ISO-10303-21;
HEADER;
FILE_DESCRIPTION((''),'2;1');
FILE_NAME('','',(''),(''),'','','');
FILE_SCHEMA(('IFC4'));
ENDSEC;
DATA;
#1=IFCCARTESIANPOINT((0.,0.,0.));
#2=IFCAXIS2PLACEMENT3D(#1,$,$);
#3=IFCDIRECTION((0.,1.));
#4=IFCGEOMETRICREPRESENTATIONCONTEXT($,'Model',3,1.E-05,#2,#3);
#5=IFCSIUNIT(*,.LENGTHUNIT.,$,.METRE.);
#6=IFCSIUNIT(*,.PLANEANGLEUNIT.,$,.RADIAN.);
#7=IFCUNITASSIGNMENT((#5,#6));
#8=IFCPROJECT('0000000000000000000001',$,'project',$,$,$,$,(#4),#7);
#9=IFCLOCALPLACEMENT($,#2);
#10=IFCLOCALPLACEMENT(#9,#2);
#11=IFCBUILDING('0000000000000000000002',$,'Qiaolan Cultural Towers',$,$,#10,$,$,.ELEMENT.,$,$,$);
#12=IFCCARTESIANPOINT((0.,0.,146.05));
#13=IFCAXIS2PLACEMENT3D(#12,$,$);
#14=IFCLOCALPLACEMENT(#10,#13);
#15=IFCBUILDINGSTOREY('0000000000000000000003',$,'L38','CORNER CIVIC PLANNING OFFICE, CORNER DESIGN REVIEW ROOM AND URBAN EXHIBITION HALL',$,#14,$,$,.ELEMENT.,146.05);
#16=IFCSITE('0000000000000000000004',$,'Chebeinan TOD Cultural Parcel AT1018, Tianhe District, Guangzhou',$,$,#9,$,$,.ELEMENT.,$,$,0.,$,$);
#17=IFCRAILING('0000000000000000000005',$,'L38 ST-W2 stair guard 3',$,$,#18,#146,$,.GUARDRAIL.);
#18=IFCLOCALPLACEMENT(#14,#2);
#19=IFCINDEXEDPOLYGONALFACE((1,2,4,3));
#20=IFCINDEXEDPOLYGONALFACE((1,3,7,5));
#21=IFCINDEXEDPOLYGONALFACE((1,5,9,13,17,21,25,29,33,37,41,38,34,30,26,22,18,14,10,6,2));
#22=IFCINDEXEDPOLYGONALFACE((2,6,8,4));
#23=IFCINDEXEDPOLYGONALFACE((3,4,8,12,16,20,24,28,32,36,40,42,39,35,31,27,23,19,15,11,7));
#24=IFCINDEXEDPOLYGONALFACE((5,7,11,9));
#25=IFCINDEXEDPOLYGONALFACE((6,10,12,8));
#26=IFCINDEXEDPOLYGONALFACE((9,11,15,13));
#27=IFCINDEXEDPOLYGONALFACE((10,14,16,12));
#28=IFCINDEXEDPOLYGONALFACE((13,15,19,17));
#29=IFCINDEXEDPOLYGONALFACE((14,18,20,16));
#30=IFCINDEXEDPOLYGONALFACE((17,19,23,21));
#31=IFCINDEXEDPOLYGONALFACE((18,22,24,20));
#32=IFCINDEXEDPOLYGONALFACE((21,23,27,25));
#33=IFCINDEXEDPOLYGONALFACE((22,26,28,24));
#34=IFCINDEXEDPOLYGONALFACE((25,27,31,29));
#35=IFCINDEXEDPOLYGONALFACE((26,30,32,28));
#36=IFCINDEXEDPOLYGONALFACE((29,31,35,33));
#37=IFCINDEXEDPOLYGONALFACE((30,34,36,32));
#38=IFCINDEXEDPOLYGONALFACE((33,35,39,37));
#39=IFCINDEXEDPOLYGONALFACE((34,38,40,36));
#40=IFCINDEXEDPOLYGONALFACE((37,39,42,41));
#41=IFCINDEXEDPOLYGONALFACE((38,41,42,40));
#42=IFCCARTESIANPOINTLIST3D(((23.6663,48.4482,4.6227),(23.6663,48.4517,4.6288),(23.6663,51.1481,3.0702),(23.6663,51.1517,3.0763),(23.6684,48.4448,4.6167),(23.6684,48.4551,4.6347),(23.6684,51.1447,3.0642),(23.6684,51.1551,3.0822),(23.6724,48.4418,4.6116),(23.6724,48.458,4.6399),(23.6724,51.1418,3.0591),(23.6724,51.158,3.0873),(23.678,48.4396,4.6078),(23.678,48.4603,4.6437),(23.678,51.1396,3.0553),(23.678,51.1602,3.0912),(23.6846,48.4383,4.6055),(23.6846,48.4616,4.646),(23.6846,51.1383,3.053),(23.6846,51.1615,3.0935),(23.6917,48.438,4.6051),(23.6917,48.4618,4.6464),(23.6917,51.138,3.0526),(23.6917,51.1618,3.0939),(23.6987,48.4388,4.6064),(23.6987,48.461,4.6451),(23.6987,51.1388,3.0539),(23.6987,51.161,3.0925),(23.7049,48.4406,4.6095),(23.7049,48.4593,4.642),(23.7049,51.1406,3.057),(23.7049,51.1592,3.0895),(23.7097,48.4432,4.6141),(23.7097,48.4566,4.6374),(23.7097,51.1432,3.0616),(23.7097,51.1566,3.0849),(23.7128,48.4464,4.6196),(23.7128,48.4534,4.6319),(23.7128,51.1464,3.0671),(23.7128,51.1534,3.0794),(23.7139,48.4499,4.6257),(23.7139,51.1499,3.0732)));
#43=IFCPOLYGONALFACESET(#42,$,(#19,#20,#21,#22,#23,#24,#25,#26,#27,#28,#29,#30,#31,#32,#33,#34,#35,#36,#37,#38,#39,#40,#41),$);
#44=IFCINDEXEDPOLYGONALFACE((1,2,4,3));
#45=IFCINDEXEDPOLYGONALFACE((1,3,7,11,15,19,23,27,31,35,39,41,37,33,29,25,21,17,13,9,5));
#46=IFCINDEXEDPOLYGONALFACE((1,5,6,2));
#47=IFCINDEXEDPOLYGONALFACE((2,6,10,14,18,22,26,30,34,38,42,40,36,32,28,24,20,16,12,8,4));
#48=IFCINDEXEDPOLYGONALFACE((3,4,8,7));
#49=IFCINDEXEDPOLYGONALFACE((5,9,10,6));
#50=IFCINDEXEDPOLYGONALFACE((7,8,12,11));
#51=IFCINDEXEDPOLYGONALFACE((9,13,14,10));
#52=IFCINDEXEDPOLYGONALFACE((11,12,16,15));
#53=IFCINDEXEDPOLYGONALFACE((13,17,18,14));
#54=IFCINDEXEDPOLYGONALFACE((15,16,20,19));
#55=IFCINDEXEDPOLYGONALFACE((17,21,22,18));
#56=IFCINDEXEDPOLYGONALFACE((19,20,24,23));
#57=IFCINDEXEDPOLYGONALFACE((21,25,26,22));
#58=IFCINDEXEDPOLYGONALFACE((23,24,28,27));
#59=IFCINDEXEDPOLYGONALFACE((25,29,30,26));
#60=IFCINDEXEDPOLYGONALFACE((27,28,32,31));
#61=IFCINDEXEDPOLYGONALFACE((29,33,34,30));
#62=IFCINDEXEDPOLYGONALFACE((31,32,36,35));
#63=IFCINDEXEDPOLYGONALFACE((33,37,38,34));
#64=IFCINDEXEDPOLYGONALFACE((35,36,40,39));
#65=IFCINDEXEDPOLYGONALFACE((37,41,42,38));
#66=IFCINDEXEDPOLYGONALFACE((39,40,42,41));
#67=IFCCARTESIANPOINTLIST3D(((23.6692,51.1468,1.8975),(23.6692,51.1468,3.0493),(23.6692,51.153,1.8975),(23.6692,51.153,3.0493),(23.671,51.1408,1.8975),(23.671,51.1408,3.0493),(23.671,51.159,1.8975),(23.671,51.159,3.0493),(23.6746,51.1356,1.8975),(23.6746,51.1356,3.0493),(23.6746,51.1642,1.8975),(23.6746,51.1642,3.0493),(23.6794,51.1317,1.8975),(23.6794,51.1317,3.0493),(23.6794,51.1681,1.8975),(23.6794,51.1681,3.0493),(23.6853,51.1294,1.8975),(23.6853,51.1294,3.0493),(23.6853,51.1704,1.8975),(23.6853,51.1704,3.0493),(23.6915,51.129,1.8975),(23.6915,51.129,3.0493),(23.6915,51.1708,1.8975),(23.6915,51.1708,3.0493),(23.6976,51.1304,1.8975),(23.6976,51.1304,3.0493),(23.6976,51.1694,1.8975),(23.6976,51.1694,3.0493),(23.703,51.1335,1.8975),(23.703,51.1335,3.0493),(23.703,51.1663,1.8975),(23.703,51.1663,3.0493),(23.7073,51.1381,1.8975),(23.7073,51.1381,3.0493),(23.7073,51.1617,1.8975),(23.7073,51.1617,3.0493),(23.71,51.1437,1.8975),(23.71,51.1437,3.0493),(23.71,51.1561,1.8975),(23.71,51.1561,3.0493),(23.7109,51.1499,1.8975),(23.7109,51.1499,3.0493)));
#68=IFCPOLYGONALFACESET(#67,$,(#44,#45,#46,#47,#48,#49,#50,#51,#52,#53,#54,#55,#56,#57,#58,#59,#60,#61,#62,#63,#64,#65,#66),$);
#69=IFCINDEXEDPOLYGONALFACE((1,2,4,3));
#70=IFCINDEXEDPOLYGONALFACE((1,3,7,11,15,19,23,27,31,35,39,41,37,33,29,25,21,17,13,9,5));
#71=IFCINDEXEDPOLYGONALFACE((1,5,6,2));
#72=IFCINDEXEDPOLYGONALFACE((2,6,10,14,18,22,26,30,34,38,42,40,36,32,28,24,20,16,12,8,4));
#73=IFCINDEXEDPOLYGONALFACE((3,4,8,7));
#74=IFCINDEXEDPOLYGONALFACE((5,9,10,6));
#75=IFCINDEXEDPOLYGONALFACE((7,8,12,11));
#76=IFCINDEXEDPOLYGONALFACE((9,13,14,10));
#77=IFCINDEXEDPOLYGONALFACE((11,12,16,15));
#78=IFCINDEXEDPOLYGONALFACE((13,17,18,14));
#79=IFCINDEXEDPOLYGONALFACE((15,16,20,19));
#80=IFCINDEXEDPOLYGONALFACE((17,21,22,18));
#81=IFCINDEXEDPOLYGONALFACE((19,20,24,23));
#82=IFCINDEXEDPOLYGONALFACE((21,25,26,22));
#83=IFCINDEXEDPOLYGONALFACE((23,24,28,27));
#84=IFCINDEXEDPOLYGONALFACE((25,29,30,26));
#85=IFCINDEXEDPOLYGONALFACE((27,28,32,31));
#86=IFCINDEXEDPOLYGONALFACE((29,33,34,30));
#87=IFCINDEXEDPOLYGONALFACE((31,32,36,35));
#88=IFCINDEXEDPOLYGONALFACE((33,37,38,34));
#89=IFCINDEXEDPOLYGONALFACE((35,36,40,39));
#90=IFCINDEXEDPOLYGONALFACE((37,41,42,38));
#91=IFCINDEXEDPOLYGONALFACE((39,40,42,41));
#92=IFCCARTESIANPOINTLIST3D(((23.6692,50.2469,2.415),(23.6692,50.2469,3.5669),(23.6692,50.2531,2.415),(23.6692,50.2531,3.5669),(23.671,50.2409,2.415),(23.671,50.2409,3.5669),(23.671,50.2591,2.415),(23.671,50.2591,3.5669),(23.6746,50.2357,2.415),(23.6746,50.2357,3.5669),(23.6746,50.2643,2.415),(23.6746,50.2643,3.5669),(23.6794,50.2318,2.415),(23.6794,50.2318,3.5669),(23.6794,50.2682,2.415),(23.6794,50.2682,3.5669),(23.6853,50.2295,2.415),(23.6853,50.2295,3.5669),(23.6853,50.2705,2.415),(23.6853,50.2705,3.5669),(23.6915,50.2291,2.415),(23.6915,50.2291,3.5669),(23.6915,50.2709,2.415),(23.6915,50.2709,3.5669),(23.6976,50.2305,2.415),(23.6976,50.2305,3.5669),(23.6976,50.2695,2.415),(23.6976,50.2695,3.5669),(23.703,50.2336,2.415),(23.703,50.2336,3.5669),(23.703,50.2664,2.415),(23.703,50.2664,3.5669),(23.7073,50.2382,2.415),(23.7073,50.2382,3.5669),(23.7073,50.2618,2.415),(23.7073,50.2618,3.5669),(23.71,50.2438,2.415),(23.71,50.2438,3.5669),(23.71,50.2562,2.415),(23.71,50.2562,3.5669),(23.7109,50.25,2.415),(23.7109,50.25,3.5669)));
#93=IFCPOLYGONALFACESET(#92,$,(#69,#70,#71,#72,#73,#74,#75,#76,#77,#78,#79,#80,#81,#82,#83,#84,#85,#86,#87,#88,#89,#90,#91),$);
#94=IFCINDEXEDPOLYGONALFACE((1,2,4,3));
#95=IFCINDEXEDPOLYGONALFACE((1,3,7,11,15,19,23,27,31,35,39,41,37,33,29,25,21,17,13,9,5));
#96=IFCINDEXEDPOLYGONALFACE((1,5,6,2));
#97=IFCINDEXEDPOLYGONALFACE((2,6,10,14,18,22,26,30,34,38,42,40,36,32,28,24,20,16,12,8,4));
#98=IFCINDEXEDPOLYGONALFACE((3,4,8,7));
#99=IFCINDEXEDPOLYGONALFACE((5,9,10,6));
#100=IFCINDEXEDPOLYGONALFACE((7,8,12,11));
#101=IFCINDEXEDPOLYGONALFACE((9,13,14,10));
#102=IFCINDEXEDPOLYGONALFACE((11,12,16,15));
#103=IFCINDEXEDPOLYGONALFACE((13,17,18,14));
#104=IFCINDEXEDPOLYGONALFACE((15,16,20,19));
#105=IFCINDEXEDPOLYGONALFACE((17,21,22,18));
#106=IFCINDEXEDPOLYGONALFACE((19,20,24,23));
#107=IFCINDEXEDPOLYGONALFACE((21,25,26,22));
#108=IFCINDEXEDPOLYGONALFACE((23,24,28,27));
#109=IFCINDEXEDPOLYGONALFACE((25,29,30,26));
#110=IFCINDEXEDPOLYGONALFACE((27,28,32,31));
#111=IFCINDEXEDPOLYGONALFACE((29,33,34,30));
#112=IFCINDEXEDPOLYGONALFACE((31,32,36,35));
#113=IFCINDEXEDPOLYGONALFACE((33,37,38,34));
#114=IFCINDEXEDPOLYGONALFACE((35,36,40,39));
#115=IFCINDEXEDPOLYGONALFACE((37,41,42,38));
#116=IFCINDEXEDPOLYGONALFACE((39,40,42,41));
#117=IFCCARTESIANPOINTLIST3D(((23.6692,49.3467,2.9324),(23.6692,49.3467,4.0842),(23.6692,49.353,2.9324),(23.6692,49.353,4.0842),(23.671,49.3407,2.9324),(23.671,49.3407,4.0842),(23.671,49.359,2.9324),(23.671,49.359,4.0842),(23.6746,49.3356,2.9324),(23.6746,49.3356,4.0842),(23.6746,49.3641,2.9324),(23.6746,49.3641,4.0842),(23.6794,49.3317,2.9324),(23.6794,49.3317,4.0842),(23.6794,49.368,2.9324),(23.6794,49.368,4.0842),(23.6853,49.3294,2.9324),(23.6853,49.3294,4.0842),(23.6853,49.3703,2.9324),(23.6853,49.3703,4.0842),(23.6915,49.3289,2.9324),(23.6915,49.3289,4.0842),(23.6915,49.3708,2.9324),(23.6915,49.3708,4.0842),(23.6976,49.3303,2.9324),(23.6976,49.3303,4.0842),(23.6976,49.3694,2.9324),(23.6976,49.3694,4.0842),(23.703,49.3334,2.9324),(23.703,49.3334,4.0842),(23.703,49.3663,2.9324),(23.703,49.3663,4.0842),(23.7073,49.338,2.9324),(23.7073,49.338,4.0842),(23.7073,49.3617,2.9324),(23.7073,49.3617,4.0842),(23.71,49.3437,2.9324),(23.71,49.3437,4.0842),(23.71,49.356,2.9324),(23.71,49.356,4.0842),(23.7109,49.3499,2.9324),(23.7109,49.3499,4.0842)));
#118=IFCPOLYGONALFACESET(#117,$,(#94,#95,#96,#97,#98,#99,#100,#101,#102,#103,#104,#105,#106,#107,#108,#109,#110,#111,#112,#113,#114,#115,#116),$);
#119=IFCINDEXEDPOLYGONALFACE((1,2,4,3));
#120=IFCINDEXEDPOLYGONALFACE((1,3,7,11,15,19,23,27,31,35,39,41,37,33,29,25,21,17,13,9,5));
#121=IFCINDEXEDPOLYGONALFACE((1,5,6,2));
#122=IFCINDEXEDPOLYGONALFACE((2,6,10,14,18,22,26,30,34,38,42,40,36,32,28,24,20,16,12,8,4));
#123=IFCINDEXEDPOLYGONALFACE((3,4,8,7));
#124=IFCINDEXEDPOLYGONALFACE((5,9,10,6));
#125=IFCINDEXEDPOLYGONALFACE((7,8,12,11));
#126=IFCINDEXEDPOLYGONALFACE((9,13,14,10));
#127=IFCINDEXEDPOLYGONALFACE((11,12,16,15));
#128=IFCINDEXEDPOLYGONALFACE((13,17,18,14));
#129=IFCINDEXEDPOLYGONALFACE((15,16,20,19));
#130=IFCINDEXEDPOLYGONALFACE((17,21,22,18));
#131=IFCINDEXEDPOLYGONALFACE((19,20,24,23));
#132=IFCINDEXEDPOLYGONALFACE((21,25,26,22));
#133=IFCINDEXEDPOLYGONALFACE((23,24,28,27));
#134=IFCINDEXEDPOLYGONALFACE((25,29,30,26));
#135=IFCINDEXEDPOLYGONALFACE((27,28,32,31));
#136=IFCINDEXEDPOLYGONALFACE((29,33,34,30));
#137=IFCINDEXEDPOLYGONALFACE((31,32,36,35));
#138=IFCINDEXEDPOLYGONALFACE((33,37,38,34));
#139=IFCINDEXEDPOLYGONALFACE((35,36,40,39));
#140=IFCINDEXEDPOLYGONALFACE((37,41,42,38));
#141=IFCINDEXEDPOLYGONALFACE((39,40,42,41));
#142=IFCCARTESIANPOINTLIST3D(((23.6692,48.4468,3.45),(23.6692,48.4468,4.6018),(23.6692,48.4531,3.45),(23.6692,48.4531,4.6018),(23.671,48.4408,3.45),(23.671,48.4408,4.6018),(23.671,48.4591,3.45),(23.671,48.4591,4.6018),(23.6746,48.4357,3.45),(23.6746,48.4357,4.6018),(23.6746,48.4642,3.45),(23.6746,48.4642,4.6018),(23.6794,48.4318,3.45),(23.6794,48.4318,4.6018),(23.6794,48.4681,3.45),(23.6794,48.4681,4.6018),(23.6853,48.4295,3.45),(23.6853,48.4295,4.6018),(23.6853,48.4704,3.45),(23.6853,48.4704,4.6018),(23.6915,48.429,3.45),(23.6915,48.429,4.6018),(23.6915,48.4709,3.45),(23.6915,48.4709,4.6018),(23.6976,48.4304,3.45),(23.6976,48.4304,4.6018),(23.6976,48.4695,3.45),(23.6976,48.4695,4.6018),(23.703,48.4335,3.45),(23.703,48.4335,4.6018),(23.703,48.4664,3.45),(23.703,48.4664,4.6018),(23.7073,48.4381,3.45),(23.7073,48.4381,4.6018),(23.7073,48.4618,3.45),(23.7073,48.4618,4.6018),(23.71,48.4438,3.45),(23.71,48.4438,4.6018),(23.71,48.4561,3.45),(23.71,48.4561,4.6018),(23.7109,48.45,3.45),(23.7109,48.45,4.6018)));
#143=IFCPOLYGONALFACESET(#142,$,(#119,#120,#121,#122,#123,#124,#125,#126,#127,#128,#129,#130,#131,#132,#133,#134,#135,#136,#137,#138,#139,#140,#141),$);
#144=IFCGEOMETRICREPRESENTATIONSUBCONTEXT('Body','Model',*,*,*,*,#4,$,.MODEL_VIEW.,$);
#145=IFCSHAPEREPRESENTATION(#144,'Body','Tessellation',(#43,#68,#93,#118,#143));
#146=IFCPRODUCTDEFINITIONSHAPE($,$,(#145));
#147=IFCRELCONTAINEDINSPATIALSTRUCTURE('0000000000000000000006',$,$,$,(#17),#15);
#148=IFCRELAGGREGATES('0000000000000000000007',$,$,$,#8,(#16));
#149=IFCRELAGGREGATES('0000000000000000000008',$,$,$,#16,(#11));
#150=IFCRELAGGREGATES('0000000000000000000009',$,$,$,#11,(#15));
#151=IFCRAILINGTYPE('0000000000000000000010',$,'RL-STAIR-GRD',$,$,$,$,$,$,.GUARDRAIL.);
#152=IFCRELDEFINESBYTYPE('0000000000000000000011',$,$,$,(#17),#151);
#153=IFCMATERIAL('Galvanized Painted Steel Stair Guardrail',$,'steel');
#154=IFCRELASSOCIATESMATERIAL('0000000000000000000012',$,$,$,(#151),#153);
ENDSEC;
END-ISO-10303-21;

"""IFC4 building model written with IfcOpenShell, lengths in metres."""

from ifc_helpers import new_model, si_unit, direction, frame, origin, origin_2d, place, context, subcontext, project, spatial, circle, extrude, material, type_object, element, save


model = new_model("IFC4")

# Units and contexts
model_context = context("Model", 3, precision=1e-05, world=origin(), true_north=direction((0.0, 1.0)))
body_context = subcontext(model_context, "Body", "Model", "MODEL_VIEW")
ifc_project = project(units=[si_unit("LENGTHUNIT", "METRE"), si_unit("PLANEANGLEUNIT", "RADIAN")], contexts=[model_context])

# Site, building, storey
site_placement = place(None, origin())
site = spatial("IfcSite", under=ifc_project, at=site_placement, Name="Chebeinan TOD Cultural Parcel AT1018, Tianhe District, Guangzhou", CompositionType="ELEMENT", RefElevation=0.0)
building_placement = place(site_placement, origin())
building = spatial("IfcBuilding", under=site, at=building_placement, Name="Qiaolan Cultural Towers", CompositionType="ELEMENT")
storey_placement = place(building_placement, frame((0.0, 0.0, 146.05)))
storey = spatial("IfcBuildingStorey", under=building, at=storey_placement, Name="L38", Description="CORNER CIVIC PLANNING OFFICE, CORNER DESIGN REVIEW ROOM AND URBAN EXHIBITION HALL", CompositionType="ELEMENT", Elevation=146.05)

# Railing
ifc_material_1 = material(Name="Galvanized Painted Steel Stair Guardrail", Category="steel")
railing_type_1 = type_object("IfcRailingType", Name="RL-STAIR-GRD", PredefinedType="GUARDRAIL", material=ifc_material_1)
railing_1_placement = place(storey_placement, frame((23.6899, 51.1499, 1.8975)))
element("IfcRailing", 1, at=railing_1_placement, inside=storey, type_object=railing_type_1, Name="L38 ST-W2 stair guard 3", PredefinedType="GUARDRAIL", context=body_context, shape_type="SweptSolid", body=[
    extrude(circle(Radius=0.0239, at=origin_2d()), frame((0.0, 0.0, 1.1758), z_axis=(0.0, -0.866904, 0.498476), x_axis=(1.0, 0.0, 0.0)), (0.0, 0.0, 1.0), 3.1145),
    extrude(circle(Radius=0.021, at=origin_2d()), origin(), (0.0, 0.0, 1.0), 1.1519),
    extrude(circle(Radius=0.021, at=origin_2d()), frame((0.0, -0.8999, 0.5176)), (0.0, 0.0, 1.0), 1.1519),
    extrude(circle(Radius=0.021, at=origin_2d()), frame((0.0, -1.8, 1.0349)), (0.0, 0.0, 1.0), 1.1519),
    extrude(circle(Radius=0.021, at=origin_2d()), frame((0.0, -2.7, 1.5525)), (0.0, 0.0, 1.0), 1.1519),
])

save(model, "model.ifc")
